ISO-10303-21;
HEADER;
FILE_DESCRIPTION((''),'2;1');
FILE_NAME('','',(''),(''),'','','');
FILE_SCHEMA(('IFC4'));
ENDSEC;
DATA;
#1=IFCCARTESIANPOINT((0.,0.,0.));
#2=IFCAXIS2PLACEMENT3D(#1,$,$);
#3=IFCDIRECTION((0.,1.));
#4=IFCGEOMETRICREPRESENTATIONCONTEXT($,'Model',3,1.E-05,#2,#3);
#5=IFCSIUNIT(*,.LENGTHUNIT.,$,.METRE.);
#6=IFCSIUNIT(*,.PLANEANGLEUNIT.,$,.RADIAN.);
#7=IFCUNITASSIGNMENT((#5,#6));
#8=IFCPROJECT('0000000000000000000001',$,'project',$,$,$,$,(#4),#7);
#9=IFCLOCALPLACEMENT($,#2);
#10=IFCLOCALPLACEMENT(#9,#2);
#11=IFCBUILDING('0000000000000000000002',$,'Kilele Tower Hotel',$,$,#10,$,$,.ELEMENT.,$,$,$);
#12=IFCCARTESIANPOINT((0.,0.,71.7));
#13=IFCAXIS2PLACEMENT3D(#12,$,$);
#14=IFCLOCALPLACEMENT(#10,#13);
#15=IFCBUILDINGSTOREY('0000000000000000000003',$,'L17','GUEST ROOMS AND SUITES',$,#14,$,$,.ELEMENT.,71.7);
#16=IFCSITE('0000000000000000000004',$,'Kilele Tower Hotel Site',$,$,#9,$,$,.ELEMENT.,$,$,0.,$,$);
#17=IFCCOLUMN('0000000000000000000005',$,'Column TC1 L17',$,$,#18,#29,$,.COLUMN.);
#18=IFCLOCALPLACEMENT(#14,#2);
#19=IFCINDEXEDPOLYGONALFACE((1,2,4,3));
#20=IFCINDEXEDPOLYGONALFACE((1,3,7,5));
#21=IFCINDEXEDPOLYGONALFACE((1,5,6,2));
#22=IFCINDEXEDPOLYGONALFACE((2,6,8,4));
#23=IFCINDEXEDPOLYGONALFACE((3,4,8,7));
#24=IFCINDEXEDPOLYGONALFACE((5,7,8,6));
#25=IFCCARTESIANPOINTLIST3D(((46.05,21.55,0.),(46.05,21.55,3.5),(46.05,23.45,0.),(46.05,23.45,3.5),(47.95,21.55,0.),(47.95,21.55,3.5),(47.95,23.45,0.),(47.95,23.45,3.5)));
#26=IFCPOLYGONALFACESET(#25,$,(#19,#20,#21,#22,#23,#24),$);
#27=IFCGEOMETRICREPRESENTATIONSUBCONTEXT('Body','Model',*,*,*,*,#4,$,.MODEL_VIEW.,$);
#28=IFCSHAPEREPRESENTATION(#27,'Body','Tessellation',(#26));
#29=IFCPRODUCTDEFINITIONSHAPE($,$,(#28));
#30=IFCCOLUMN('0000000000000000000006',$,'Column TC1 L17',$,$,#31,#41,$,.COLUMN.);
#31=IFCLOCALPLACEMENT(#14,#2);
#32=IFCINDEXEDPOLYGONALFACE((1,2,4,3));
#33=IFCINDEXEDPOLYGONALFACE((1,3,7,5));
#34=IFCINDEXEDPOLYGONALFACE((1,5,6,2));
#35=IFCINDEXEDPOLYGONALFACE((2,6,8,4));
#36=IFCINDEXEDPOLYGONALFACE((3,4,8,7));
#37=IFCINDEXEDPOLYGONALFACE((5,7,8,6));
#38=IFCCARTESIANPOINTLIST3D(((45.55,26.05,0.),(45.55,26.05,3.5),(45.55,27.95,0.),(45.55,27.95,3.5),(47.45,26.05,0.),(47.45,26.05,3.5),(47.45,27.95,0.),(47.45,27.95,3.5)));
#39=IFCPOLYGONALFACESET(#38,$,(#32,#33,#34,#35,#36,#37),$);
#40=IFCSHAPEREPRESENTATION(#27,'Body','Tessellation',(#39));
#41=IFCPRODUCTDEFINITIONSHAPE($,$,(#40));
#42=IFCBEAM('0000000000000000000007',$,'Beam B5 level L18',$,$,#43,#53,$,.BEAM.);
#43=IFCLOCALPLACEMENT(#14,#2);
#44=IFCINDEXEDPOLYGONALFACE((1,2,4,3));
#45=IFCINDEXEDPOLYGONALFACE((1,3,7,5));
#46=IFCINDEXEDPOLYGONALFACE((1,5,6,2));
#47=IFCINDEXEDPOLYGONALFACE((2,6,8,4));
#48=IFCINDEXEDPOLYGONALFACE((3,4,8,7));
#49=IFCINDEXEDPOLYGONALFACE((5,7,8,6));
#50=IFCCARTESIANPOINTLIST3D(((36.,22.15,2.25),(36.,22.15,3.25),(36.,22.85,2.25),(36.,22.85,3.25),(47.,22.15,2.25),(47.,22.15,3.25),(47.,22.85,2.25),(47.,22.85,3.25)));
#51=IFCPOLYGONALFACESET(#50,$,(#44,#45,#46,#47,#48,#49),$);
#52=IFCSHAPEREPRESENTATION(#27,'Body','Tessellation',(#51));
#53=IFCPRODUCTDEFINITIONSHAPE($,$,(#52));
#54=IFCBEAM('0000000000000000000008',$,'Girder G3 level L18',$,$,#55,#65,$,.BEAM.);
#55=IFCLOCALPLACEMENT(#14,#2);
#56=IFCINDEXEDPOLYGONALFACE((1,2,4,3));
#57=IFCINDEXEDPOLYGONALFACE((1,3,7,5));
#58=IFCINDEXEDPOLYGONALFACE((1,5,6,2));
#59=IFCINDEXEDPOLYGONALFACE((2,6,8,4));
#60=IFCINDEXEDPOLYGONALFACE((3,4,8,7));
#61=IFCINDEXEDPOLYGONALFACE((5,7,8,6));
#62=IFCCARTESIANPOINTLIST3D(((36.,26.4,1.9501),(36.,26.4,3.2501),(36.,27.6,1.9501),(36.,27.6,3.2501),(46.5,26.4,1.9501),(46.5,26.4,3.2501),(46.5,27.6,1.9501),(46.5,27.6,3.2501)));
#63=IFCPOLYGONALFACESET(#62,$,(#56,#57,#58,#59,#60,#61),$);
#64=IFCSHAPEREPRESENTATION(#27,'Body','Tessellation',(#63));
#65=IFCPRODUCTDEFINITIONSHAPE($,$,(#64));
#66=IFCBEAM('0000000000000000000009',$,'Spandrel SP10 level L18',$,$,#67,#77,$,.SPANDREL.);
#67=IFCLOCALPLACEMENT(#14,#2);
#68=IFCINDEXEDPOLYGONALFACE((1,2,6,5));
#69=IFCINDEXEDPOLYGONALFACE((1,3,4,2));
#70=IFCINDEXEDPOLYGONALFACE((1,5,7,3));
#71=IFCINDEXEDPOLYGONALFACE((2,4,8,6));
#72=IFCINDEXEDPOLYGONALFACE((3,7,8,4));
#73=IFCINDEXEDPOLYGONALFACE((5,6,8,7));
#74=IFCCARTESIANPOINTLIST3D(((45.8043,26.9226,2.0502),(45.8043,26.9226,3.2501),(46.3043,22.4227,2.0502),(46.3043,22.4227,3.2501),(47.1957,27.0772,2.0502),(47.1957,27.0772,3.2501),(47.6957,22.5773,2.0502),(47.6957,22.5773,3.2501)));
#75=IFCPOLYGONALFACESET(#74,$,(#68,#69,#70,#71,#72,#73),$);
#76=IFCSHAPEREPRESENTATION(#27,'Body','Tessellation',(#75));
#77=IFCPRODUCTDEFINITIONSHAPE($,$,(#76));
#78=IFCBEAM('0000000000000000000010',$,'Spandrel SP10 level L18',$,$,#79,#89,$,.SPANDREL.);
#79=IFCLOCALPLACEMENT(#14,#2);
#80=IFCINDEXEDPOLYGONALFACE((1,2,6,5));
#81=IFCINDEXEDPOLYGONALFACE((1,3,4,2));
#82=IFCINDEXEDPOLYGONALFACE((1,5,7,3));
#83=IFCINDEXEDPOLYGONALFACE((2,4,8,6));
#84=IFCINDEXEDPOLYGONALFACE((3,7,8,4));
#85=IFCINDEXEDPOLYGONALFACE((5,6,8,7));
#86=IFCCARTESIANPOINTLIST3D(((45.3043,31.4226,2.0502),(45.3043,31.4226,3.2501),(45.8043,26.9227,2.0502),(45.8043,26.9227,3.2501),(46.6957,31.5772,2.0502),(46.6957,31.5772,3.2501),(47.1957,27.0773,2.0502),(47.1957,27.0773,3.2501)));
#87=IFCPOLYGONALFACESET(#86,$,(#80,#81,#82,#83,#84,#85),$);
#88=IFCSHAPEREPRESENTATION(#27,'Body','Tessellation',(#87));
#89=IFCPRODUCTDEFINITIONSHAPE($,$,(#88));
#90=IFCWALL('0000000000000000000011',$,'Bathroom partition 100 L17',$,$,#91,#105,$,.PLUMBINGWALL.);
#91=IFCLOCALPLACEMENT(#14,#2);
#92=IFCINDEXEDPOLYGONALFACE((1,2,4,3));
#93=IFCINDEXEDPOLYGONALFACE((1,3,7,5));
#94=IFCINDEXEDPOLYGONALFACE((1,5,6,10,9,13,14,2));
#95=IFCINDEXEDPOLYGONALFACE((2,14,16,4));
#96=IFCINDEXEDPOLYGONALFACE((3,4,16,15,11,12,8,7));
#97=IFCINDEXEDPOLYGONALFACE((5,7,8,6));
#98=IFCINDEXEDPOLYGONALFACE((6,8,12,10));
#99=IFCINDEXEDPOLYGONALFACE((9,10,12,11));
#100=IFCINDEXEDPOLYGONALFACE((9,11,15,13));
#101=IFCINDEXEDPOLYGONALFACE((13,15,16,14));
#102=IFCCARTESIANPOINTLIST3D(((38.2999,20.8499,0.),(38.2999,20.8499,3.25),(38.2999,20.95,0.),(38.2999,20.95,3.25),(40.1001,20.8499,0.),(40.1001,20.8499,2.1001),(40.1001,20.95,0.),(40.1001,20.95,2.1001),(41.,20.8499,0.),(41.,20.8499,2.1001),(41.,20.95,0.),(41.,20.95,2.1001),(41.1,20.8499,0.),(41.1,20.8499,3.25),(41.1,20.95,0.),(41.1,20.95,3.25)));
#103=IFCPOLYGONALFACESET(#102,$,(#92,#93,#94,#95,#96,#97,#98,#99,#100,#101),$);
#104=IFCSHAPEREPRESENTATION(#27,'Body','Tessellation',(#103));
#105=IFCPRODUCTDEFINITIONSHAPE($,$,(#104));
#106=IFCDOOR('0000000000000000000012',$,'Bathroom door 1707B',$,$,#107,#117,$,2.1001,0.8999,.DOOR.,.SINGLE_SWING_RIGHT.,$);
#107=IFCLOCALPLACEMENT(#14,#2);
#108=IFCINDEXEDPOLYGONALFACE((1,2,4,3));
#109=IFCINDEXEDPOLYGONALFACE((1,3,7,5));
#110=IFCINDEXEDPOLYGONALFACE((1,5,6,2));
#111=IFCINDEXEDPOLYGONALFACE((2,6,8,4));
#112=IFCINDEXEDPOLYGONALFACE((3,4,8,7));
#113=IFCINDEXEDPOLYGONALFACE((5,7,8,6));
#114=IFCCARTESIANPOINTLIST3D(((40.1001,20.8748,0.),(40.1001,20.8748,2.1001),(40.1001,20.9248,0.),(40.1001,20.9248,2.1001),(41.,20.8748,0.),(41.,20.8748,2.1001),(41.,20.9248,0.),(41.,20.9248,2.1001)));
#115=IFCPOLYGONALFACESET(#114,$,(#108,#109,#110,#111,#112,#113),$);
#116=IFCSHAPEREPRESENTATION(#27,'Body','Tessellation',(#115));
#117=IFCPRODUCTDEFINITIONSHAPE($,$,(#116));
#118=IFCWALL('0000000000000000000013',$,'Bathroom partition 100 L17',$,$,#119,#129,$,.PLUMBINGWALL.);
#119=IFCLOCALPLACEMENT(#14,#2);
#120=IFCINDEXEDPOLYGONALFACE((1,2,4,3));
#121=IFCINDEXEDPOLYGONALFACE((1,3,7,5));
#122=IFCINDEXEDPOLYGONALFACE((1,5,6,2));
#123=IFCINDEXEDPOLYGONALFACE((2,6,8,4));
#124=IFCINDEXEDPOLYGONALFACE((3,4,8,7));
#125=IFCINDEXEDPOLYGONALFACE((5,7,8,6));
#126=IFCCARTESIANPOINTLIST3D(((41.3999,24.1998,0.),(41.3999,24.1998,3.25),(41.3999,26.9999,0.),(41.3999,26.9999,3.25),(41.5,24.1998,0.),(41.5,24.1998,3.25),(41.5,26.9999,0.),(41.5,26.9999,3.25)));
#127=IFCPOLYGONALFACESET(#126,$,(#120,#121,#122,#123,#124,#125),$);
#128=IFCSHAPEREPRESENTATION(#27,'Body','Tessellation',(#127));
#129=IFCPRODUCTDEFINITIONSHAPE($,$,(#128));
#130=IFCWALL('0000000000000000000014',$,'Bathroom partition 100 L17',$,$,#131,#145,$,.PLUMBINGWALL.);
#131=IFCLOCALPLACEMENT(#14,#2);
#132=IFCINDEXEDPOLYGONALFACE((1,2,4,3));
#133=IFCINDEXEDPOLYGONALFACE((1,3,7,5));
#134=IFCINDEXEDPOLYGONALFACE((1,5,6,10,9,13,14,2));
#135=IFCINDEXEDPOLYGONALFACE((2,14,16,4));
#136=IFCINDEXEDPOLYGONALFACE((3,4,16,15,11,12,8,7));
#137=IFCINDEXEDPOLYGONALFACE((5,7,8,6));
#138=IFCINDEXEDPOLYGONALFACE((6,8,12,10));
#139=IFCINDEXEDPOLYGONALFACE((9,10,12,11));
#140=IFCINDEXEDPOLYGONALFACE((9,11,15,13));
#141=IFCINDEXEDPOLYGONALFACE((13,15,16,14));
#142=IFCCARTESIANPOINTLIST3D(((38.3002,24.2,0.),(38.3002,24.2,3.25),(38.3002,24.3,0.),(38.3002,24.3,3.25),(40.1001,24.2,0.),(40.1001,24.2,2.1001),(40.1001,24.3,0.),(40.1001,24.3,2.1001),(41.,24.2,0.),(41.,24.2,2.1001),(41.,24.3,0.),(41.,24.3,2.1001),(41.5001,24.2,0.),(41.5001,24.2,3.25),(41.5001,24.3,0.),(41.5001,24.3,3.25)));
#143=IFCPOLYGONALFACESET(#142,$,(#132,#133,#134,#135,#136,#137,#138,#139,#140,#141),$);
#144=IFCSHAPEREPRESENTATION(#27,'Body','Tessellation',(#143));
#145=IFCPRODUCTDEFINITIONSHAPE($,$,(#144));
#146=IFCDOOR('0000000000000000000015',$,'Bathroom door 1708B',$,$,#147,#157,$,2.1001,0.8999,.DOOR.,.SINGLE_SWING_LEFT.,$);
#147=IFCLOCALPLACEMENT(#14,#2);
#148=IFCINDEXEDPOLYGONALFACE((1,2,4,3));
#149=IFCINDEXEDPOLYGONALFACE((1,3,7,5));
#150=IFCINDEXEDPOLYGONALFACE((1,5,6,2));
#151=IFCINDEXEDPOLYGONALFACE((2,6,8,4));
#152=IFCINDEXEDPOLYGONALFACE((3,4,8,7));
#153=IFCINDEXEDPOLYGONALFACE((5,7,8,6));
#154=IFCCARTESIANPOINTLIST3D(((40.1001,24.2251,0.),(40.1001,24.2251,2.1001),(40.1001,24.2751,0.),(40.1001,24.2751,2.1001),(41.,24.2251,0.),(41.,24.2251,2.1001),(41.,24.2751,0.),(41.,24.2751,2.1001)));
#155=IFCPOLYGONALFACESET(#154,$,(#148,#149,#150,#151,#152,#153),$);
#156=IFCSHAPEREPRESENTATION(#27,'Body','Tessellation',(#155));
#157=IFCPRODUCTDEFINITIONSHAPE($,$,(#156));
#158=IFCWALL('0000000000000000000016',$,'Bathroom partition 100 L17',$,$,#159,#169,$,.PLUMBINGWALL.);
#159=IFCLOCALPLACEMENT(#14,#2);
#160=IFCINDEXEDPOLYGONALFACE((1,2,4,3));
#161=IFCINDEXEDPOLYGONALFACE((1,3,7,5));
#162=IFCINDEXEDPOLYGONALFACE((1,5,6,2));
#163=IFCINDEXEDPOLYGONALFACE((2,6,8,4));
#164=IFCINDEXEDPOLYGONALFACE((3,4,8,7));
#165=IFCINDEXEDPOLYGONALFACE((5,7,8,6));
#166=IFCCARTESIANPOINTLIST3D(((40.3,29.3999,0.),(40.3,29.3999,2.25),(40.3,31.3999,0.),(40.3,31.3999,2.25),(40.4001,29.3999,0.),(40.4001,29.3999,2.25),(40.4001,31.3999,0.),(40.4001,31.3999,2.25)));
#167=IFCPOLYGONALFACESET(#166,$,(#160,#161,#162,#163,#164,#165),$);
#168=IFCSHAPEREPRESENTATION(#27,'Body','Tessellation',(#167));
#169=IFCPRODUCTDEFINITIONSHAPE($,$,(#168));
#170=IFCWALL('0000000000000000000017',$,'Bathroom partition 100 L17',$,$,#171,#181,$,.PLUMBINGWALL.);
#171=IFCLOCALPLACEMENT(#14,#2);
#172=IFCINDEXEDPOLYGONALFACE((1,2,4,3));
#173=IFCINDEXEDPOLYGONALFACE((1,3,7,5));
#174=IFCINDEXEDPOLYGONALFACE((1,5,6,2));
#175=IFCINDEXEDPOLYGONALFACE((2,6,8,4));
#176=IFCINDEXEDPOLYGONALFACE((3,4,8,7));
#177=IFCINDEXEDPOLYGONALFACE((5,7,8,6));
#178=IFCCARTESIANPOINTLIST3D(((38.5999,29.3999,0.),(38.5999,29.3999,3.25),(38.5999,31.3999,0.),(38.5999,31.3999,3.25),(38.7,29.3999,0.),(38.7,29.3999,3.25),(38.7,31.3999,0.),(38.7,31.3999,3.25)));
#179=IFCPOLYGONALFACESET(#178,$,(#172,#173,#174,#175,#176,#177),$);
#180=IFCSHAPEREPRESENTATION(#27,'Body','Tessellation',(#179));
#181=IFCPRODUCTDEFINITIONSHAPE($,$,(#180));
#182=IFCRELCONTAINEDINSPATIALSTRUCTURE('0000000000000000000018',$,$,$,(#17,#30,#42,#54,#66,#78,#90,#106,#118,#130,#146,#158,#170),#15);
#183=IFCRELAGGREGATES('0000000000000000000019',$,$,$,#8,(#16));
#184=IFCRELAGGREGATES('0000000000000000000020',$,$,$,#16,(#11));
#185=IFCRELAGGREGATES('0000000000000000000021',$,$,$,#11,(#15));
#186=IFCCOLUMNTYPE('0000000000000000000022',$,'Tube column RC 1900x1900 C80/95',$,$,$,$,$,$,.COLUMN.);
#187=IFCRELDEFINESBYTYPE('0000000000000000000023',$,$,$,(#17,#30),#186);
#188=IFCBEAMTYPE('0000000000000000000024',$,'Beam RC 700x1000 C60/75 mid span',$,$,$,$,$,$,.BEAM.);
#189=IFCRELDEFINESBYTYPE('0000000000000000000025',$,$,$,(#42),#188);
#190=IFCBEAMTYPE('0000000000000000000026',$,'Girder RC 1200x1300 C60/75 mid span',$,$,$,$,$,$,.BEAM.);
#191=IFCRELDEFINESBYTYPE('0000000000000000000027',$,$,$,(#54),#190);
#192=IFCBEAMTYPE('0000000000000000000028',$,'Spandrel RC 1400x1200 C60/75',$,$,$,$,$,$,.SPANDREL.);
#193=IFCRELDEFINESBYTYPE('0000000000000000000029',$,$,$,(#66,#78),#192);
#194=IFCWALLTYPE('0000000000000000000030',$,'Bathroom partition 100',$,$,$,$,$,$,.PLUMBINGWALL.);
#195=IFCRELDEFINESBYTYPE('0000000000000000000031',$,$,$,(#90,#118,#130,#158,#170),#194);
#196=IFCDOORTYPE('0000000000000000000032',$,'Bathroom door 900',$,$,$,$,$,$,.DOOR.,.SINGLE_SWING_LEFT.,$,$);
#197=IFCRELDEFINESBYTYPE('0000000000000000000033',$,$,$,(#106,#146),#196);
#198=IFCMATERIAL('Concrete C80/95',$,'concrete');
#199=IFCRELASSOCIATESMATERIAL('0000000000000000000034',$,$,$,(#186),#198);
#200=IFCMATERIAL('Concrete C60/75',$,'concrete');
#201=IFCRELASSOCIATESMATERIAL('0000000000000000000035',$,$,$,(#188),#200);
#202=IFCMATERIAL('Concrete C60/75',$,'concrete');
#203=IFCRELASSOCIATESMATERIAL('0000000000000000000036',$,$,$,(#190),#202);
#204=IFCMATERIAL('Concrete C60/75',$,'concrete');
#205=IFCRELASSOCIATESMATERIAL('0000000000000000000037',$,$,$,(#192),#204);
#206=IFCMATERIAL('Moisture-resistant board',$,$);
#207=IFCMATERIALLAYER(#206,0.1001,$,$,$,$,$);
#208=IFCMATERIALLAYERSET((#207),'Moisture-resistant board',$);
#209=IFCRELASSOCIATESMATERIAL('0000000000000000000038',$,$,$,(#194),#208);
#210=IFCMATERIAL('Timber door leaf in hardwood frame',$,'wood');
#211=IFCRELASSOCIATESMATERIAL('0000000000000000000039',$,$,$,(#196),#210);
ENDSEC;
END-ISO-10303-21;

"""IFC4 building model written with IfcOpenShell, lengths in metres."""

from ifc_helpers import new_model, si_unit, direction, frame, frame_2d, origin, origin_2d, place, context, subcontext, project, spatial, rectangle, extrude, material, layer, layer_set, material_profile, profile_set, type_object, element, fill, save


model = new_model("IFC4")

# Units and contexts
model_context = context("Model", 3, precision=1e-05, world=origin(), true_north=direction((0.0, 1.0)))
body_context = subcontext(model_context, "Body", "Model", "MODEL_VIEW")
ifc_project = project(units=[si_unit("LENGTHUNIT", "METRE"), si_unit("PLANEANGLEUNIT", "RADIAN")], contexts=[model_context])

# Site, building, storey
site_placement = place(None, origin())
site = spatial("IfcSite", under=ifc_project, at=site_placement, Name="Kilele Tower Hotel Site", CompositionType="ELEMENT", RefElevation=0.0)
building_placement = place(site_placement, origin())
building = spatial("IfcBuilding", under=site, at=building_placement, Name="Kilele Tower Hotel", CompositionType="ELEMENT")
storey_placement = place(building_placement, frame((0.0, 0.0, 71.7)))
storey = spatial("IfcBuildingStorey", under=building, at=storey_placement, Name="L17", Description="GUEST ROOMS AND SUITES", CompositionType="ELEMENT", Elevation=71.7)

# Columns
ifc_material_1 = material(Name="Concrete C80/95", Category="concrete")
ifc_material_profile_1 = material_profile(ifc_material_1, rectangle(XDim=1.8999, YDim=1.8999, at=origin_2d()))
ifc_profile_set_1 = profile_set([ifc_material_profile_1], Name="Concrete C80/95")
column_type = type_object("IfcColumnType", Name="Tube column RC 1900x1900 C80/95", PredefinedType="COLUMN", material=ifc_profile_set_1)
for number, where, z_axis, x_axis, name in (
    (1, (47.0, 22.5, 0.0), (0.0, 0.0, 1.0), (1.0, 0.0, 0.0), "Column TC1 L17"),
    (2, (46.5, 27.0, 0.0), (0.0, 0.0, 1.0), (1.0, 0.0, 0.0), "Column TC1 L17"),
):
    element("IfcColumn", number, at=place(storey_placement, frame(where, z_axis=z_axis, x_axis=x_axis)), inside=storey, type_object=column_type, Name=name, PredefinedType="COLUMN", context=body_context, shape_type="SweptSolid", body=[
        extrude(rectangle(XDim=1.8999, YDim=1.8999, at=origin_2d()), origin(), (0.0, 0.0, 1.0), 3.5),
    ])

# Beams
ifc_material_2 = material(Name="Concrete C60/75", Category="concrete")
ifc_material_profile_2 = material_profile(ifc_material_2, rectangle(XDim=0.7, YDim=1.0, at=origin_2d()))
ifc_profile_set_2 = profile_set([ifc_material_profile_2], Name="Concrete C60/75")
beam_type_1 = type_object("IfcBeamType", Name="Beam RC 700x1000 C60/75 mid span", PredefinedType="BEAM", material=ifc_profile_set_2)
beam_1_placement = place(storey_placement, frame((47.0, 22.5, 2.75), z_axis=(-1.0, 0.0, 0.0), x_axis=(0.0, -1.0, 0.0)))
element("IfcBeam", 3, at=beam_1_placement, inside=storey, type_object=beam_type_1, Name="Beam B5 level L18", PredefinedType="BEAM", context=body_context, shape_type="SweptSolid", body=[
    extrude(rectangle(XDim=0.7, YDim=1.0, at=origin_2d()), origin(), (0.0, 0.0, 1.0), 11.0),
])
ifc_material_3 = material(Name="Concrete C60/75", Category="concrete")
ifc_material_profile_3 = material_profile(ifc_material_3, rectangle(XDim=1.2, YDim=1.3, at=origin_2d()))
ifc_profile_set_3 = profile_set([ifc_material_profile_3], Name="Concrete C60/75")
beam_type_2 = type_object("IfcBeamType", Name="Girder RC 1200x1300 C60/75 mid span", PredefinedType="BEAM", material=ifc_profile_set_3)
beam_2_placement = place(storey_placement, frame((46.5, 27.0, 2.6001), z_axis=(-1.0, 0.0, 0.0), x_axis=(0.0, -1.0, 0.0)))
element("IfcBeam", 4, at=beam_2_placement, inside=storey, type_object=beam_type_2, Name="Girder G3 level L18", PredefinedType="BEAM", context=body_context, shape_type="SweptSolid", body=[
    extrude(rectangle(XDim=1.2, YDim=1.3, at=origin_2d()), origin(), (0.0, 0.0, 1.0), 10.5),
])
ifc_material_4 = material(Name="Concrete C60/75", Category="concrete")
ifc_material_profile_4 = material_profile(ifc_material_4, rectangle(XDim=1.3999, YDim=1.2, at=origin_2d()))
ifc_profile_set_4 = profile_set([ifc_material_profile_4], Name="Concrete C60/75")
beam_type_3 = type_object("IfcBeamType", Name="Spandrel RC 1400x1200 C60/75", PredefinedType="SPANDREL", material=ifc_profile_set_4)
for number, where, z_axis, x_axis, name in (
    (5, (47.0, 22.5, 2.6501), (-0.110432, 0.993884, 0.0), (-0.993884, -0.110432, 0.0), "Spandrel SP10 level L18"),
    (6, (46.5, 27.0, 2.6501), (-0.110432, 0.993884, 0.0), (-0.993884, -0.110432, 0.0), "Spandrel SP10 level L18"),
):
    element("IfcBeam", number, at=place(storey_placement, frame(where, z_axis=z_axis, x_axis=x_axis)), inside=storey, type_object=beam_type_3, Name=name, PredefinedType="SPANDREL", context=body_context, shape_type="SweptSolid", body=[
        extrude(rectangle(XDim=1.3999, YDim=1.2, at=origin_2d()), origin(), (0.0, 0.0, 1.0), 4.5276),
    ])

# Wall, opening, door
ifc_material_5 = material(Name="Moisture-resistant board")
ifc_layer_1 = layer(ifc_material_5, 0.1001)
ifc_layer_set_1 = layer_set([ifc_layer_1], Name="Moisture-resistant board")
wall_type_1 = type_object("IfcWallType", Name="Bathroom partition 100", PredefinedType="PLUMBINGWALL", material=ifc_layer_set_1)
wall_1_placement = place(storey_placement, frame((38.3, 20.8999, 0.0), z_axis=(0.0, 0.0, 1.0), x_axis=(1.0, 0.0, 0.0)))
wall_1 = element("IfcWall", 7, at=wall_1_placement, inside=storey, type_object=wall_type_1, Name="Bathroom partition 100 L17", PredefinedType="PLUMBINGWALL", context=body_context, shape_type="SweptSolid", body=[
    extrude(rectangle(XDim=2.8, YDim=0.1001, at=frame_2d((1.3999, 0.0))), origin(), (0.0, 0.0, 1.0), 3.25),
])
opening_1_placement = place(wall_1_placement, frame((1.8, 0.0, 0.0)))
opening_1 = element("IfcOpeningElement", 8, at=opening_1_placement, cuts=wall_1, PredefinedType="OPENING", context=body_context, shape_type="SweptSolid", body=[
    extrude(rectangle(XDim=0.8999, YDim=2.1001, at=frame_2d((0.45, 1.05))), frame((0.0, 0.0601, 0.0), z_axis=(0.0, -1.0, 0.0), x_axis=(1.0, 0.0, 0.0)), (0.0, 0.0, 1.0), 0.1201),
])
ifc_material_6 = material(Name="Timber door leaf in hardwood frame", Category="wood")
door_type_1 = type_object("IfcDoorType", Name="Bathroom door 900", OperationType="SINGLE_SWING_LEFT", PredefinedType="DOOR", material=ifc_material_6)
door_1_placement = place(opening_1_placement, origin())
door_1 = element("IfcDoor", 9, at=door_1_placement, inside=storey, type_object=door_type_1, Name="Bathroom door 1707B", OperationType="SINGLE_SWING_RIGHT", OverallHeight=2.1001, OverallWidth=0.8999, PredefinedType="DOOR", context=body_context, shape_type="SweptSolid", body=[
    extrude(rectangle(XDim=0.8999, YDim=2.1001, at=frame_2d((0.45, 1.05))), frame((0.0, 0.0249, 0.0), z_axis=(0.0, -1.0, 0.0), x_axis=(1.0, 0.0, 0.0)), (0.0, 0.0, 1.0), 0.05),
])
fill(opening_1, door_1)

# Wall
wall_2_placement = place(storey_placement, frame((41.45, 24.2, 0.0), z_axis=(0.0, 0.0, 1.0), x_axis=(0.0, 1.0, 0.0)))
element("IfcWall", 10, at=wall_2_placement, inside=storey, type_object=wall_type_1, Name="Bathroom partition 100 L17", PredefinedType="PLUMBINGWALL", context=body_context, shape_type="SweptSolid", body=[
    extrude(rectangle(XDim=2.8, YDim=0.1001, at=frame_2d((1.3999, 0.0))), origin(), (0.0, 0.0, 1.0), 3.25),
])

# Wall, opening, door
wall_3_placement = place(storey_placement, frame((38.3, 24.25, 0.0), z_axis=(0.0, 0.0, 1.0), x_axis=(1.0, 0.0, 0.0)))
wall_3 = element("IfcWall", 11, at=wall_3_placement, inside=storey, type_object=wall_type_1, Name="Bathroom partition 100 L17", PredefinedType="PLUMBINGWALL", context=body_context, shape_type="SweptSolid", body=[
    extrude(rectangle(XDim=3.2, YDim=0.1001, at=frame_2d((1.6001, 0.0))), origin(), (0.0, 0.0, 1.0), 3.25),
])
opening_2_placement = place(wall_3_placement, frame((2.7, 0.0, 0.0), z_axis=(0.0, 0.0, 1.0), x_axis=(-1.0, 0.0, 0.0)))
opening_2 = element("IfcOpeningElement", 12, at=opening_2_placement, cuts=wall_3, PredefinedType="OPENING", context=body_context, shape_type="SweptSolid", body=[
    extrude(rectangle(XDim=0.8999, YDim=2.1001, at=frame_2d((0.45, 1.05))), frame((0.0, 0.0601, 0.0), z_axis=(0.0, -1.0, 0.0), x_axis=(1.0, 0.0, 0.0)), (0.0, 0.0, 1.0), 0.1201),
])
door_2_placement = place(opening_2_placement, origin())
door_2 = element("IfcDoor", 13, at=door_2_placement, inside=storey, type_object=door_type_1, Name="Bathroom door 1708B", OperationType="SINGLE_SWING_LEFT", OverallHeight=2.1001, OverallWidth=0.8999, PredefinedType="DOOR", context=body_context, shape_type="SweptSolid", body=[
    extrude(rectangle(XDim=0.8999, YDim=2.1001, at=frame_2d((0.45, 1.05))), frame((0.0, 0.0249, 0.0), z_axis=(0.0, -1.0, 0.0), x_axis=(1.0, 0.0, 0.0)), (0.0, 0.0, 1.0), 0.05),
])
fill(opening_2, door_2)

# Walls
wall_4_placement = place(storey_placement, frame((40.3501, 31.3999, 0.0), z_axis=(0.0, 0.0, 1.0), x_axis=(0.0, -1.0, 0.0)))
element("IfcWall", 14, at=wall_4_placement, inside=storey, type_object=wall_type_1, Name="Bathroom partition 100 L17", PredefinedType="PLUMBINGWALL", context=body_context, shape_type="SweptSolid", body=[
    extrude(rectangle(XDim=2.0, YDim=0.1001, at=frame_2d((1.0, 0.0))), origin(), (0.0, 0.0, 1.0), 2.25),
])
wall_5_placement = place(storey_placement, frame((38.6499, 31.3999, 0.0), z_axis=(0.0, 0.0, 1.0), x_axis=(0.0, -1.0, 0.0)))
element("IfcWall", 15, at=wall_5_placement, inside=storey, type_object=wall_type_1, Name="Bathroom partition 100 L17", PredefinedType="PLUMBINGWALL", context=body_context, shape_type="SweptSolid", body=[
    extrude(rectangle(XDim=2.0, YDim=0.1001, at=frame_2d((1.0, 0.0))), origin(), (0.0, 0.0, 1.0), 3.25),
])

save(model, "model.ifc")
